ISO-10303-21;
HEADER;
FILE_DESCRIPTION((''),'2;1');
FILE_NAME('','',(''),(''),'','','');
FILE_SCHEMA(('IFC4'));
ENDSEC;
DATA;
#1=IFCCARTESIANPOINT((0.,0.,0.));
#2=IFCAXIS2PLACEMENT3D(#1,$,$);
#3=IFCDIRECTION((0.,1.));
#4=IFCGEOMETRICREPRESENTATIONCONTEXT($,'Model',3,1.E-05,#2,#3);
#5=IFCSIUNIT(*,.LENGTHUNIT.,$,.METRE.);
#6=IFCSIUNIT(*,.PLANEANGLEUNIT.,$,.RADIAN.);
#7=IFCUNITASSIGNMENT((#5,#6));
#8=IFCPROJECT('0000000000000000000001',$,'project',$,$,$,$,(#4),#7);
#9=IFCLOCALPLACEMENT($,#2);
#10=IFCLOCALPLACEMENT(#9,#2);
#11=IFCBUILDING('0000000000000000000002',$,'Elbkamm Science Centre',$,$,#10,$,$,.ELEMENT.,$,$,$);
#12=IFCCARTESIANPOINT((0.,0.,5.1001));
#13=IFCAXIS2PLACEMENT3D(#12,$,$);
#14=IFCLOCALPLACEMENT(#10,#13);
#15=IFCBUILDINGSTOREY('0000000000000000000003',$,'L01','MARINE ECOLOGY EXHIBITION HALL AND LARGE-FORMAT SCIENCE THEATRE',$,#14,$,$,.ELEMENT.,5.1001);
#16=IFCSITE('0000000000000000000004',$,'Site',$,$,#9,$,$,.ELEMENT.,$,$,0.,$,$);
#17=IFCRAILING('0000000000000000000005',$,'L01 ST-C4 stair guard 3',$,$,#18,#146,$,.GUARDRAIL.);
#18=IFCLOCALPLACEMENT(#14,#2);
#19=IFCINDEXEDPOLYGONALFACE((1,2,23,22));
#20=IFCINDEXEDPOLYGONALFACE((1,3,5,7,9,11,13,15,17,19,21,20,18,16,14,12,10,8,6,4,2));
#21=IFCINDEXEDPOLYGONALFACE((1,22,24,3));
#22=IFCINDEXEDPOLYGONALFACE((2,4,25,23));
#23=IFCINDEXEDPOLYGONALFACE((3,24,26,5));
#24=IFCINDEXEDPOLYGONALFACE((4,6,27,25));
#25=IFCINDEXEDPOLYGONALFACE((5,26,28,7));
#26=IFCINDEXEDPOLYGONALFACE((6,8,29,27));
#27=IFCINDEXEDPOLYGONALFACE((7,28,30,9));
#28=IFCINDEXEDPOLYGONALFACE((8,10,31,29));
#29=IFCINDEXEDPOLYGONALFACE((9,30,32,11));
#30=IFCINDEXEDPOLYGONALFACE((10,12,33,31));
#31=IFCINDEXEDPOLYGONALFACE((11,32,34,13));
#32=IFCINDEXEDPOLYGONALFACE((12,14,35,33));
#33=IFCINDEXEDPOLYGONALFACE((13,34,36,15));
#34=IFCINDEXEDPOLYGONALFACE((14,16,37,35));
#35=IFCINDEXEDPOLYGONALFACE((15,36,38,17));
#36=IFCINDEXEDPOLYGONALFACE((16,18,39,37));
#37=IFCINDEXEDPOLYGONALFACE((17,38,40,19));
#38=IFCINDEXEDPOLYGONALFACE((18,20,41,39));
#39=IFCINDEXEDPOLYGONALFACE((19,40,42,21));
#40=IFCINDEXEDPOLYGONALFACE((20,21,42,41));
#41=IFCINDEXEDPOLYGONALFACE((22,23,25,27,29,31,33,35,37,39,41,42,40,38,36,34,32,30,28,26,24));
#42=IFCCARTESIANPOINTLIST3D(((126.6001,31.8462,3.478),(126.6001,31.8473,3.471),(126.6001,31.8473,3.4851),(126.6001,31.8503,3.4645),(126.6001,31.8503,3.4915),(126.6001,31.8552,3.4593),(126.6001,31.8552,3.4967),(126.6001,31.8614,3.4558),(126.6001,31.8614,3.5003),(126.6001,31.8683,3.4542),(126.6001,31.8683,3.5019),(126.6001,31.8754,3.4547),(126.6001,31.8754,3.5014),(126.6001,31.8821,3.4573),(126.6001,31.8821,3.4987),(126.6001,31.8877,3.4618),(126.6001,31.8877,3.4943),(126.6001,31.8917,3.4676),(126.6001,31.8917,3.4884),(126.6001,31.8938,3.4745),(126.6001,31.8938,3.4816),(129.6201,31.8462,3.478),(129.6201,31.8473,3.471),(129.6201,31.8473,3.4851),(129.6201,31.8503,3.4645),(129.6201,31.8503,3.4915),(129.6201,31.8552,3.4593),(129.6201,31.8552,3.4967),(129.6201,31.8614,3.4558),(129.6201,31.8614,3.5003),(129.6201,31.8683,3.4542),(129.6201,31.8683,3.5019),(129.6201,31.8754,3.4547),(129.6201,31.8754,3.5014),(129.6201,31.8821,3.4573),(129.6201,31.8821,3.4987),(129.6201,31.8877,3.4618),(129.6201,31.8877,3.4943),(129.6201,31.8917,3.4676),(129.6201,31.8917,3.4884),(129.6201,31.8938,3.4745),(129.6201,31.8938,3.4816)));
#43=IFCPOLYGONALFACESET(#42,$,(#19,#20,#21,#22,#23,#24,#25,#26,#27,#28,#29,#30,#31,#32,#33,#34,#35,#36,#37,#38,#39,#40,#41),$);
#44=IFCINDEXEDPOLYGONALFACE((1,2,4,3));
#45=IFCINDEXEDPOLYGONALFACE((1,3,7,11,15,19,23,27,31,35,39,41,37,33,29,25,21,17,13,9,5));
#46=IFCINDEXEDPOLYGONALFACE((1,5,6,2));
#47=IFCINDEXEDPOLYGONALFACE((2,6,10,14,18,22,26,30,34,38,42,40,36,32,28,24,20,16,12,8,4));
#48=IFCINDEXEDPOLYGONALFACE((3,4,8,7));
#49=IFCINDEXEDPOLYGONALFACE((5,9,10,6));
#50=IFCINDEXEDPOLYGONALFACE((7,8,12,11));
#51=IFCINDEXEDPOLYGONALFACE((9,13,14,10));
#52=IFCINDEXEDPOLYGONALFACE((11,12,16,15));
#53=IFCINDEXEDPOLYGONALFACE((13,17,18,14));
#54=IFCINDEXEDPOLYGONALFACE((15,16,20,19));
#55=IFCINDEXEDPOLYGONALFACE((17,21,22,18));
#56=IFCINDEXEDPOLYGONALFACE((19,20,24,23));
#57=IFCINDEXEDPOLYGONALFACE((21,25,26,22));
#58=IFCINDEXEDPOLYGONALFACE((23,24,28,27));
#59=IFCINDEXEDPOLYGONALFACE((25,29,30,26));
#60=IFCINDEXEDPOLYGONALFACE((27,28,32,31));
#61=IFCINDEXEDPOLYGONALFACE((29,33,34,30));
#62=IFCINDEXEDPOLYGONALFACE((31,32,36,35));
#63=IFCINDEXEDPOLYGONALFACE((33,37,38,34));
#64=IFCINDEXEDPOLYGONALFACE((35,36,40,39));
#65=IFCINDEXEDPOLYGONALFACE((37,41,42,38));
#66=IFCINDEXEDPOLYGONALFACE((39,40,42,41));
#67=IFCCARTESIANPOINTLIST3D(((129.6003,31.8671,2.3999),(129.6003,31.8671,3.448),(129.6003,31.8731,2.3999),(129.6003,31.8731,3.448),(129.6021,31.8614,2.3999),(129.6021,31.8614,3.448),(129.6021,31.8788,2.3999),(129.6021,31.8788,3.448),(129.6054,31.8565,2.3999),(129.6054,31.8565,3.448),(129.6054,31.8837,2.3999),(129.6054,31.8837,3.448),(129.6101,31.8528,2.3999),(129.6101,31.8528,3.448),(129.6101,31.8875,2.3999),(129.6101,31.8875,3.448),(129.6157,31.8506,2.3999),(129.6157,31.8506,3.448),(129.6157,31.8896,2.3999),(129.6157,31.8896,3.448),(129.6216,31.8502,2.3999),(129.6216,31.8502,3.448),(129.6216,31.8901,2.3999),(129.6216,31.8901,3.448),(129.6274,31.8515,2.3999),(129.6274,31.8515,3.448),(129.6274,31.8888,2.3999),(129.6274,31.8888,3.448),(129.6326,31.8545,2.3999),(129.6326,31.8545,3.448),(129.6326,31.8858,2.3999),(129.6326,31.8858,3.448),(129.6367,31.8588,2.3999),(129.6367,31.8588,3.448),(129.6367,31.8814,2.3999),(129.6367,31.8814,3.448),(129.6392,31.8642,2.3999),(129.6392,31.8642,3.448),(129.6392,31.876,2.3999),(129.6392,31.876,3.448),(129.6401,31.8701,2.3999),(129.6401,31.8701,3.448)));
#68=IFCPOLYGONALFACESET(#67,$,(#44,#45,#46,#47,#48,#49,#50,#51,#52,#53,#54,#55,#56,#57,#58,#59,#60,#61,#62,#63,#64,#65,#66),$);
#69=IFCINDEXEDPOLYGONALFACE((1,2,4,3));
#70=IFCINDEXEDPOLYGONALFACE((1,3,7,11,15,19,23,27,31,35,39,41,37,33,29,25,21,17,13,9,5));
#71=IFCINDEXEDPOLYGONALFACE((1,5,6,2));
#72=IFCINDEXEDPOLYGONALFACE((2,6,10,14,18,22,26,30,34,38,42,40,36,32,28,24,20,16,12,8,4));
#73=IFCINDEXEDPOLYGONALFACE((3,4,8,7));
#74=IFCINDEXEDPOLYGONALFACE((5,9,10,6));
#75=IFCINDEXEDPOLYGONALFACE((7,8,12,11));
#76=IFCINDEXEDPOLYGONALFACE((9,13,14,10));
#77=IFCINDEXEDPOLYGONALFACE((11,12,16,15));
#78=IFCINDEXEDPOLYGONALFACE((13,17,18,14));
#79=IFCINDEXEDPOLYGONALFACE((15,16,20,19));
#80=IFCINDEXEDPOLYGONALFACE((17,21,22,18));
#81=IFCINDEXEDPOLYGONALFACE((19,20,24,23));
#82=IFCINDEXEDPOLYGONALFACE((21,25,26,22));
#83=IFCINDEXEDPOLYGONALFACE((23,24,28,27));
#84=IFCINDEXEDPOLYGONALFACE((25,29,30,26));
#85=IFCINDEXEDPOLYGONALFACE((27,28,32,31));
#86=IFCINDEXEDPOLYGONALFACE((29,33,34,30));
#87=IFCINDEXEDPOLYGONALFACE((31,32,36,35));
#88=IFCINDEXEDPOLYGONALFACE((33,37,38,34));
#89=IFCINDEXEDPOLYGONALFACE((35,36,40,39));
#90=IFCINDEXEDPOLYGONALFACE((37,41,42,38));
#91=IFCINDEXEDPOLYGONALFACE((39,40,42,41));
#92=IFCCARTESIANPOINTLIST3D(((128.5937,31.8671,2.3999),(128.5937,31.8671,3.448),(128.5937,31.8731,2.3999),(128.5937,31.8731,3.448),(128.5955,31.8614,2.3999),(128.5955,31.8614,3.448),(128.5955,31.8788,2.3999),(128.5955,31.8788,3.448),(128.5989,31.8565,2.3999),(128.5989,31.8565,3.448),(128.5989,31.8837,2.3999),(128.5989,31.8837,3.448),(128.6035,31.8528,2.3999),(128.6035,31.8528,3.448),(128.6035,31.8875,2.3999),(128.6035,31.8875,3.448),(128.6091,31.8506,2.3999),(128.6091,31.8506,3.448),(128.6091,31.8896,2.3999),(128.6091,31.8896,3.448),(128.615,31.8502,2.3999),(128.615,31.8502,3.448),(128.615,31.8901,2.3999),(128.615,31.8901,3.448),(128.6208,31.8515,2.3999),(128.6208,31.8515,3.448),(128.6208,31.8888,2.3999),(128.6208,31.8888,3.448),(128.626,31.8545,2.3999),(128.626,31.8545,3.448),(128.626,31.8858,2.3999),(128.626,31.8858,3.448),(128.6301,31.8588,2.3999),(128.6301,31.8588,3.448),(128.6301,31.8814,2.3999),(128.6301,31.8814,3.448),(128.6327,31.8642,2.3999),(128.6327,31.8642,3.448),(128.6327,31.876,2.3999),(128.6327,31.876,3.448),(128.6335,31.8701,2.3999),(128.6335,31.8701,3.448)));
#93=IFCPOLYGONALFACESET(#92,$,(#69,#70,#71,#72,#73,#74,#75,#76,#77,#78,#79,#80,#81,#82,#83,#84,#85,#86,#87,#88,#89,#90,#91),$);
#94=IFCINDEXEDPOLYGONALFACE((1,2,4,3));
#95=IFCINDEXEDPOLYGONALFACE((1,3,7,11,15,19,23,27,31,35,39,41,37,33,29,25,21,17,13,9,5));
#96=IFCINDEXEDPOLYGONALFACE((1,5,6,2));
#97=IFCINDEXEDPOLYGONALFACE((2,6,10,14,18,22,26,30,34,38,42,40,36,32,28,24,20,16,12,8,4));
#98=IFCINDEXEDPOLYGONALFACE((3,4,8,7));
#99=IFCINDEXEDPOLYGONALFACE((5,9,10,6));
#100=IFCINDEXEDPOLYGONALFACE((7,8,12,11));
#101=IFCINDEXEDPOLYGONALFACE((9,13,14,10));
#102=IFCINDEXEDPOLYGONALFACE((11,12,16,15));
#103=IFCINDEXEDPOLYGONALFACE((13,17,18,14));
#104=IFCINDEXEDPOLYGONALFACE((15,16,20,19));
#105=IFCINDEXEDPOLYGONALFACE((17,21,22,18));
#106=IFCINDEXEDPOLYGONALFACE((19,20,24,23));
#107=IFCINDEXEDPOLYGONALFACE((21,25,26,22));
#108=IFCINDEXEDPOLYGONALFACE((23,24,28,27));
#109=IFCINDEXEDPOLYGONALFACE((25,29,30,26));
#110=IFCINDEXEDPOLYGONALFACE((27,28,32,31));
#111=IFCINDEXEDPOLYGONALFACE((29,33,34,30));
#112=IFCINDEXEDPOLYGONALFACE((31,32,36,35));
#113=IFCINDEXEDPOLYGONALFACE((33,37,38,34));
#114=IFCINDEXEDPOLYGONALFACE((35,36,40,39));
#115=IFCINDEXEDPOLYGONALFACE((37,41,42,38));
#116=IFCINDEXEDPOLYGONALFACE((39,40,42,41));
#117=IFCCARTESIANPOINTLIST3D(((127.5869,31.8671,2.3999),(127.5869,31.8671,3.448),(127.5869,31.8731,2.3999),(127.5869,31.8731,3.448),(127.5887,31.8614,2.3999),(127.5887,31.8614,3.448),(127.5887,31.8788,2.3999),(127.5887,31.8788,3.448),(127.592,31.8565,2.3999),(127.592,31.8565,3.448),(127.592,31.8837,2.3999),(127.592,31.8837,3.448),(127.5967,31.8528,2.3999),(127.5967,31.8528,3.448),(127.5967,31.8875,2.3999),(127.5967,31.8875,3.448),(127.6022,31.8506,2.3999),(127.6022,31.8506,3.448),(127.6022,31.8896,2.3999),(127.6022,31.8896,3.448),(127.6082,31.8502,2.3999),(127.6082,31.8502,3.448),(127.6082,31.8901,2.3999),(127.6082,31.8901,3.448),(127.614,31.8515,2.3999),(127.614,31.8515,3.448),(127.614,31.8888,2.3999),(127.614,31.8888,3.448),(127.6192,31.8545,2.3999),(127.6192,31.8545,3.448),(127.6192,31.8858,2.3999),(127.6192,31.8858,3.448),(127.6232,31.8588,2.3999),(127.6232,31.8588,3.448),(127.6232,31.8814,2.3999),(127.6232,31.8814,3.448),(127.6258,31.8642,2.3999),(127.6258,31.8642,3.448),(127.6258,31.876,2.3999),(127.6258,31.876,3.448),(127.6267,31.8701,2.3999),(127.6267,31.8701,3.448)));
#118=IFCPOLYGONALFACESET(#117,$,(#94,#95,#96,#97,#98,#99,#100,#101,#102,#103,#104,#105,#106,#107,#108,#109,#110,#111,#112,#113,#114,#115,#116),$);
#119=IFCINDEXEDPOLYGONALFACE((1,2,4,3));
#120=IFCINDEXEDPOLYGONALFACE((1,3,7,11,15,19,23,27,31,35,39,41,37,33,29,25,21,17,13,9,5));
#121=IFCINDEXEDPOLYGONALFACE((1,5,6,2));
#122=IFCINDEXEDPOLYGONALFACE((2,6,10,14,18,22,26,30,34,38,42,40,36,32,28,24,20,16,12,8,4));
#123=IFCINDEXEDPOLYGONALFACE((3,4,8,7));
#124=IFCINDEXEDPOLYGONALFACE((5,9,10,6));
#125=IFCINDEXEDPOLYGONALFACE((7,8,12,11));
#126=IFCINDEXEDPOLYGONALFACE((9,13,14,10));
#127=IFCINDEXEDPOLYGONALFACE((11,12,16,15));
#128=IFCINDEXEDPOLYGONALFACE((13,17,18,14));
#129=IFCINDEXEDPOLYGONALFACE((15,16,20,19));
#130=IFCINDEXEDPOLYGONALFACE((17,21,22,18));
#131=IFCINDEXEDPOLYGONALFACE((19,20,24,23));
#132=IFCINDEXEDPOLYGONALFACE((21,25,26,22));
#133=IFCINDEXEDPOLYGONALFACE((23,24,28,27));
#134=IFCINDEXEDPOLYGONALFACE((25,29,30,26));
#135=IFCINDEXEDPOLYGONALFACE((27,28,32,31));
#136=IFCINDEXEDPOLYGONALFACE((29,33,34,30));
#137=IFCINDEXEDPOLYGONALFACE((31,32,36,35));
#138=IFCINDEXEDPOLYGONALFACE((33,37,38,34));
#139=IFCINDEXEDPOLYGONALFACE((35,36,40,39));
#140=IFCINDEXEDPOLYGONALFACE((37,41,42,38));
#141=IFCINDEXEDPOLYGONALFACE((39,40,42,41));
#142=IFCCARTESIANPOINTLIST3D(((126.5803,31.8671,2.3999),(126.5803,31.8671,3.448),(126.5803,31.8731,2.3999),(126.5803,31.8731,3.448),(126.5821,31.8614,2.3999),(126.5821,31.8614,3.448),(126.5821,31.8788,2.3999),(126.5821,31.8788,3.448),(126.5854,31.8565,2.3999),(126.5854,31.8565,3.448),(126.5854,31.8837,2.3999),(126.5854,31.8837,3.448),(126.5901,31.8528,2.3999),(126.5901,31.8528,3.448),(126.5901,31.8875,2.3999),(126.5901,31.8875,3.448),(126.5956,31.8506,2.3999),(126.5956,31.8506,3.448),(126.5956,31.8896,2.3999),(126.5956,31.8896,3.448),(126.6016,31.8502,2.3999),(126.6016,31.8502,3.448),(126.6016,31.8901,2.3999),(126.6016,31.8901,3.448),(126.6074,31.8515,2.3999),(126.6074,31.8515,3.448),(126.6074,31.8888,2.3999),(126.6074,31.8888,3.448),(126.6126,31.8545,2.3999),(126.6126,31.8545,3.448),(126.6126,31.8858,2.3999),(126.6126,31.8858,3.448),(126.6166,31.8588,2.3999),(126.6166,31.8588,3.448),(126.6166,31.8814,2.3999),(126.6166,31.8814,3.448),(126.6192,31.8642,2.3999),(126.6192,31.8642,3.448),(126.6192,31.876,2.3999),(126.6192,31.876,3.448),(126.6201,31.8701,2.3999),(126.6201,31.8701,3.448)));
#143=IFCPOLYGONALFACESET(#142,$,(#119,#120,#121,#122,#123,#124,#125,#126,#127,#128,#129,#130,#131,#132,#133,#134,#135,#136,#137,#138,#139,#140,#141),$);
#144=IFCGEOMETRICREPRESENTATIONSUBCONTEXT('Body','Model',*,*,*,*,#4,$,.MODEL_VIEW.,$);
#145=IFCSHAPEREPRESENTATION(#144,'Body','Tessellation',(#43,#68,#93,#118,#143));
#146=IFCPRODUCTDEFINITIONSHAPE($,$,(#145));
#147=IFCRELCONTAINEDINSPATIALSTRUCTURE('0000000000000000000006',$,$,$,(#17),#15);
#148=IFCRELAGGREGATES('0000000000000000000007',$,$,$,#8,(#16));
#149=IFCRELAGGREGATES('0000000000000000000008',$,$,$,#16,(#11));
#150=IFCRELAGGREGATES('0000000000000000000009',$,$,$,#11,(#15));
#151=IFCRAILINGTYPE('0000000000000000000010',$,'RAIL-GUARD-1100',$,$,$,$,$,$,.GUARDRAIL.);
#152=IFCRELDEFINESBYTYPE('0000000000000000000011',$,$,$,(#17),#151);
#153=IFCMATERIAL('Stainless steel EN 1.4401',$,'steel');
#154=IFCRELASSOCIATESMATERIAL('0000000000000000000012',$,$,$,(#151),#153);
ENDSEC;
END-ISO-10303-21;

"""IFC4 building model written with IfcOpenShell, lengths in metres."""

from ifc_helpers import new_model, si_unit, direction, frame, origin, origin_2d, place, context, subcontext, project, spatial, circle, extrude, material, type_object, element, save


model = new_model("IFC4")

# Units and contexts
model_context = context("Model", 3, precision=1e-05, world=origin(), true_north=direction((0.0, 1.0)))
body_context = subcontext(model_context, "Body", "Model", "MODEL_VIEW")
ifc_project = project(units=[si_unit("LENGTHUNIT", "METRE"), si_unit("PLANEANGLEUNIT", "RADIAN")], contexts=[model_context])

# Site, building, storey
site_placement = place(None, origin())
site = spatial("IfcSite", under=ifc_project, at=site_placement, Name="Site", CompositionType="ELEMENT", RefElevation=0.0)
building_placement = place(site_placement, origin())
building = spatial("IfcBuilding", under=site, at=building_placement, Name="Elbkamm Science Centre", CompositionType="ELEMENT")
storey_placement = place(building_placement, frame((0.0, 0.0, 5.1001)))
storey = spatial("IfcBuildingStorey", under=building, at=storey_placement, Name="L01", Description="MARINE ECOLOGY EXHIBITION HALL AND LARGE-FORMAT SCIENCE THEATRE", CompositionType="ELEMENT", Elevation=5.1001)

# Railing
ifc_material_1 = material(Name="Stainless steel EN 1.4401", Category="steel")
railing_type_1 = type_object("IfcRailingType", Name="RAIL-GUARD-1100", PredefinedType="GUARDRAIL", material=ifc_material_1)
for number, where, name in (
    (1, (129.6201, 31.8701, 2.3999), "L01 ST-C4 stair guard 3"),
):
    element("IfcRailing", number, at=place(storey_placement, frame(where)), inside=storey, type_object=railing_type_1, Name=name, PredefinedType="GUARDRAIL", context=body_context, shape_type="SweptSolid", body=[
        extrude(circle(Radius=0.0239, at=origin_2d()), frame((0.0, 0.0, 1.0781), z_axis=(-1.0, 0.0, 0.0), x_axis=(0.0, -1.0, 0.0)), (0.0, 0.0, 1.0), 3.02),
        extrude(circle(Radius=0.02, at=origin_2d()), origin(), (0.0, 0.0, 1.0), 1.0481),
        extrude(circle(Radius=0.02, at=origin_2d()), frame((-1.0066, 0.0, 0.0)), (0.0, 0.0, 1.0), 1.0481),
        extrude(circle(Radius=0.02, at=origin_2d()), frame((-2.0134, 0.0, 0.0)), (0.0, 0.0, 1.0), 1.0481),
        extrude(circle(Radius=0.02, at=origin_2d()), frame((-3.02, 0.0, 0.0)), (0.0, 0.0, 1.0), 1.0481),
    ])

save(model, "model.ifc")
